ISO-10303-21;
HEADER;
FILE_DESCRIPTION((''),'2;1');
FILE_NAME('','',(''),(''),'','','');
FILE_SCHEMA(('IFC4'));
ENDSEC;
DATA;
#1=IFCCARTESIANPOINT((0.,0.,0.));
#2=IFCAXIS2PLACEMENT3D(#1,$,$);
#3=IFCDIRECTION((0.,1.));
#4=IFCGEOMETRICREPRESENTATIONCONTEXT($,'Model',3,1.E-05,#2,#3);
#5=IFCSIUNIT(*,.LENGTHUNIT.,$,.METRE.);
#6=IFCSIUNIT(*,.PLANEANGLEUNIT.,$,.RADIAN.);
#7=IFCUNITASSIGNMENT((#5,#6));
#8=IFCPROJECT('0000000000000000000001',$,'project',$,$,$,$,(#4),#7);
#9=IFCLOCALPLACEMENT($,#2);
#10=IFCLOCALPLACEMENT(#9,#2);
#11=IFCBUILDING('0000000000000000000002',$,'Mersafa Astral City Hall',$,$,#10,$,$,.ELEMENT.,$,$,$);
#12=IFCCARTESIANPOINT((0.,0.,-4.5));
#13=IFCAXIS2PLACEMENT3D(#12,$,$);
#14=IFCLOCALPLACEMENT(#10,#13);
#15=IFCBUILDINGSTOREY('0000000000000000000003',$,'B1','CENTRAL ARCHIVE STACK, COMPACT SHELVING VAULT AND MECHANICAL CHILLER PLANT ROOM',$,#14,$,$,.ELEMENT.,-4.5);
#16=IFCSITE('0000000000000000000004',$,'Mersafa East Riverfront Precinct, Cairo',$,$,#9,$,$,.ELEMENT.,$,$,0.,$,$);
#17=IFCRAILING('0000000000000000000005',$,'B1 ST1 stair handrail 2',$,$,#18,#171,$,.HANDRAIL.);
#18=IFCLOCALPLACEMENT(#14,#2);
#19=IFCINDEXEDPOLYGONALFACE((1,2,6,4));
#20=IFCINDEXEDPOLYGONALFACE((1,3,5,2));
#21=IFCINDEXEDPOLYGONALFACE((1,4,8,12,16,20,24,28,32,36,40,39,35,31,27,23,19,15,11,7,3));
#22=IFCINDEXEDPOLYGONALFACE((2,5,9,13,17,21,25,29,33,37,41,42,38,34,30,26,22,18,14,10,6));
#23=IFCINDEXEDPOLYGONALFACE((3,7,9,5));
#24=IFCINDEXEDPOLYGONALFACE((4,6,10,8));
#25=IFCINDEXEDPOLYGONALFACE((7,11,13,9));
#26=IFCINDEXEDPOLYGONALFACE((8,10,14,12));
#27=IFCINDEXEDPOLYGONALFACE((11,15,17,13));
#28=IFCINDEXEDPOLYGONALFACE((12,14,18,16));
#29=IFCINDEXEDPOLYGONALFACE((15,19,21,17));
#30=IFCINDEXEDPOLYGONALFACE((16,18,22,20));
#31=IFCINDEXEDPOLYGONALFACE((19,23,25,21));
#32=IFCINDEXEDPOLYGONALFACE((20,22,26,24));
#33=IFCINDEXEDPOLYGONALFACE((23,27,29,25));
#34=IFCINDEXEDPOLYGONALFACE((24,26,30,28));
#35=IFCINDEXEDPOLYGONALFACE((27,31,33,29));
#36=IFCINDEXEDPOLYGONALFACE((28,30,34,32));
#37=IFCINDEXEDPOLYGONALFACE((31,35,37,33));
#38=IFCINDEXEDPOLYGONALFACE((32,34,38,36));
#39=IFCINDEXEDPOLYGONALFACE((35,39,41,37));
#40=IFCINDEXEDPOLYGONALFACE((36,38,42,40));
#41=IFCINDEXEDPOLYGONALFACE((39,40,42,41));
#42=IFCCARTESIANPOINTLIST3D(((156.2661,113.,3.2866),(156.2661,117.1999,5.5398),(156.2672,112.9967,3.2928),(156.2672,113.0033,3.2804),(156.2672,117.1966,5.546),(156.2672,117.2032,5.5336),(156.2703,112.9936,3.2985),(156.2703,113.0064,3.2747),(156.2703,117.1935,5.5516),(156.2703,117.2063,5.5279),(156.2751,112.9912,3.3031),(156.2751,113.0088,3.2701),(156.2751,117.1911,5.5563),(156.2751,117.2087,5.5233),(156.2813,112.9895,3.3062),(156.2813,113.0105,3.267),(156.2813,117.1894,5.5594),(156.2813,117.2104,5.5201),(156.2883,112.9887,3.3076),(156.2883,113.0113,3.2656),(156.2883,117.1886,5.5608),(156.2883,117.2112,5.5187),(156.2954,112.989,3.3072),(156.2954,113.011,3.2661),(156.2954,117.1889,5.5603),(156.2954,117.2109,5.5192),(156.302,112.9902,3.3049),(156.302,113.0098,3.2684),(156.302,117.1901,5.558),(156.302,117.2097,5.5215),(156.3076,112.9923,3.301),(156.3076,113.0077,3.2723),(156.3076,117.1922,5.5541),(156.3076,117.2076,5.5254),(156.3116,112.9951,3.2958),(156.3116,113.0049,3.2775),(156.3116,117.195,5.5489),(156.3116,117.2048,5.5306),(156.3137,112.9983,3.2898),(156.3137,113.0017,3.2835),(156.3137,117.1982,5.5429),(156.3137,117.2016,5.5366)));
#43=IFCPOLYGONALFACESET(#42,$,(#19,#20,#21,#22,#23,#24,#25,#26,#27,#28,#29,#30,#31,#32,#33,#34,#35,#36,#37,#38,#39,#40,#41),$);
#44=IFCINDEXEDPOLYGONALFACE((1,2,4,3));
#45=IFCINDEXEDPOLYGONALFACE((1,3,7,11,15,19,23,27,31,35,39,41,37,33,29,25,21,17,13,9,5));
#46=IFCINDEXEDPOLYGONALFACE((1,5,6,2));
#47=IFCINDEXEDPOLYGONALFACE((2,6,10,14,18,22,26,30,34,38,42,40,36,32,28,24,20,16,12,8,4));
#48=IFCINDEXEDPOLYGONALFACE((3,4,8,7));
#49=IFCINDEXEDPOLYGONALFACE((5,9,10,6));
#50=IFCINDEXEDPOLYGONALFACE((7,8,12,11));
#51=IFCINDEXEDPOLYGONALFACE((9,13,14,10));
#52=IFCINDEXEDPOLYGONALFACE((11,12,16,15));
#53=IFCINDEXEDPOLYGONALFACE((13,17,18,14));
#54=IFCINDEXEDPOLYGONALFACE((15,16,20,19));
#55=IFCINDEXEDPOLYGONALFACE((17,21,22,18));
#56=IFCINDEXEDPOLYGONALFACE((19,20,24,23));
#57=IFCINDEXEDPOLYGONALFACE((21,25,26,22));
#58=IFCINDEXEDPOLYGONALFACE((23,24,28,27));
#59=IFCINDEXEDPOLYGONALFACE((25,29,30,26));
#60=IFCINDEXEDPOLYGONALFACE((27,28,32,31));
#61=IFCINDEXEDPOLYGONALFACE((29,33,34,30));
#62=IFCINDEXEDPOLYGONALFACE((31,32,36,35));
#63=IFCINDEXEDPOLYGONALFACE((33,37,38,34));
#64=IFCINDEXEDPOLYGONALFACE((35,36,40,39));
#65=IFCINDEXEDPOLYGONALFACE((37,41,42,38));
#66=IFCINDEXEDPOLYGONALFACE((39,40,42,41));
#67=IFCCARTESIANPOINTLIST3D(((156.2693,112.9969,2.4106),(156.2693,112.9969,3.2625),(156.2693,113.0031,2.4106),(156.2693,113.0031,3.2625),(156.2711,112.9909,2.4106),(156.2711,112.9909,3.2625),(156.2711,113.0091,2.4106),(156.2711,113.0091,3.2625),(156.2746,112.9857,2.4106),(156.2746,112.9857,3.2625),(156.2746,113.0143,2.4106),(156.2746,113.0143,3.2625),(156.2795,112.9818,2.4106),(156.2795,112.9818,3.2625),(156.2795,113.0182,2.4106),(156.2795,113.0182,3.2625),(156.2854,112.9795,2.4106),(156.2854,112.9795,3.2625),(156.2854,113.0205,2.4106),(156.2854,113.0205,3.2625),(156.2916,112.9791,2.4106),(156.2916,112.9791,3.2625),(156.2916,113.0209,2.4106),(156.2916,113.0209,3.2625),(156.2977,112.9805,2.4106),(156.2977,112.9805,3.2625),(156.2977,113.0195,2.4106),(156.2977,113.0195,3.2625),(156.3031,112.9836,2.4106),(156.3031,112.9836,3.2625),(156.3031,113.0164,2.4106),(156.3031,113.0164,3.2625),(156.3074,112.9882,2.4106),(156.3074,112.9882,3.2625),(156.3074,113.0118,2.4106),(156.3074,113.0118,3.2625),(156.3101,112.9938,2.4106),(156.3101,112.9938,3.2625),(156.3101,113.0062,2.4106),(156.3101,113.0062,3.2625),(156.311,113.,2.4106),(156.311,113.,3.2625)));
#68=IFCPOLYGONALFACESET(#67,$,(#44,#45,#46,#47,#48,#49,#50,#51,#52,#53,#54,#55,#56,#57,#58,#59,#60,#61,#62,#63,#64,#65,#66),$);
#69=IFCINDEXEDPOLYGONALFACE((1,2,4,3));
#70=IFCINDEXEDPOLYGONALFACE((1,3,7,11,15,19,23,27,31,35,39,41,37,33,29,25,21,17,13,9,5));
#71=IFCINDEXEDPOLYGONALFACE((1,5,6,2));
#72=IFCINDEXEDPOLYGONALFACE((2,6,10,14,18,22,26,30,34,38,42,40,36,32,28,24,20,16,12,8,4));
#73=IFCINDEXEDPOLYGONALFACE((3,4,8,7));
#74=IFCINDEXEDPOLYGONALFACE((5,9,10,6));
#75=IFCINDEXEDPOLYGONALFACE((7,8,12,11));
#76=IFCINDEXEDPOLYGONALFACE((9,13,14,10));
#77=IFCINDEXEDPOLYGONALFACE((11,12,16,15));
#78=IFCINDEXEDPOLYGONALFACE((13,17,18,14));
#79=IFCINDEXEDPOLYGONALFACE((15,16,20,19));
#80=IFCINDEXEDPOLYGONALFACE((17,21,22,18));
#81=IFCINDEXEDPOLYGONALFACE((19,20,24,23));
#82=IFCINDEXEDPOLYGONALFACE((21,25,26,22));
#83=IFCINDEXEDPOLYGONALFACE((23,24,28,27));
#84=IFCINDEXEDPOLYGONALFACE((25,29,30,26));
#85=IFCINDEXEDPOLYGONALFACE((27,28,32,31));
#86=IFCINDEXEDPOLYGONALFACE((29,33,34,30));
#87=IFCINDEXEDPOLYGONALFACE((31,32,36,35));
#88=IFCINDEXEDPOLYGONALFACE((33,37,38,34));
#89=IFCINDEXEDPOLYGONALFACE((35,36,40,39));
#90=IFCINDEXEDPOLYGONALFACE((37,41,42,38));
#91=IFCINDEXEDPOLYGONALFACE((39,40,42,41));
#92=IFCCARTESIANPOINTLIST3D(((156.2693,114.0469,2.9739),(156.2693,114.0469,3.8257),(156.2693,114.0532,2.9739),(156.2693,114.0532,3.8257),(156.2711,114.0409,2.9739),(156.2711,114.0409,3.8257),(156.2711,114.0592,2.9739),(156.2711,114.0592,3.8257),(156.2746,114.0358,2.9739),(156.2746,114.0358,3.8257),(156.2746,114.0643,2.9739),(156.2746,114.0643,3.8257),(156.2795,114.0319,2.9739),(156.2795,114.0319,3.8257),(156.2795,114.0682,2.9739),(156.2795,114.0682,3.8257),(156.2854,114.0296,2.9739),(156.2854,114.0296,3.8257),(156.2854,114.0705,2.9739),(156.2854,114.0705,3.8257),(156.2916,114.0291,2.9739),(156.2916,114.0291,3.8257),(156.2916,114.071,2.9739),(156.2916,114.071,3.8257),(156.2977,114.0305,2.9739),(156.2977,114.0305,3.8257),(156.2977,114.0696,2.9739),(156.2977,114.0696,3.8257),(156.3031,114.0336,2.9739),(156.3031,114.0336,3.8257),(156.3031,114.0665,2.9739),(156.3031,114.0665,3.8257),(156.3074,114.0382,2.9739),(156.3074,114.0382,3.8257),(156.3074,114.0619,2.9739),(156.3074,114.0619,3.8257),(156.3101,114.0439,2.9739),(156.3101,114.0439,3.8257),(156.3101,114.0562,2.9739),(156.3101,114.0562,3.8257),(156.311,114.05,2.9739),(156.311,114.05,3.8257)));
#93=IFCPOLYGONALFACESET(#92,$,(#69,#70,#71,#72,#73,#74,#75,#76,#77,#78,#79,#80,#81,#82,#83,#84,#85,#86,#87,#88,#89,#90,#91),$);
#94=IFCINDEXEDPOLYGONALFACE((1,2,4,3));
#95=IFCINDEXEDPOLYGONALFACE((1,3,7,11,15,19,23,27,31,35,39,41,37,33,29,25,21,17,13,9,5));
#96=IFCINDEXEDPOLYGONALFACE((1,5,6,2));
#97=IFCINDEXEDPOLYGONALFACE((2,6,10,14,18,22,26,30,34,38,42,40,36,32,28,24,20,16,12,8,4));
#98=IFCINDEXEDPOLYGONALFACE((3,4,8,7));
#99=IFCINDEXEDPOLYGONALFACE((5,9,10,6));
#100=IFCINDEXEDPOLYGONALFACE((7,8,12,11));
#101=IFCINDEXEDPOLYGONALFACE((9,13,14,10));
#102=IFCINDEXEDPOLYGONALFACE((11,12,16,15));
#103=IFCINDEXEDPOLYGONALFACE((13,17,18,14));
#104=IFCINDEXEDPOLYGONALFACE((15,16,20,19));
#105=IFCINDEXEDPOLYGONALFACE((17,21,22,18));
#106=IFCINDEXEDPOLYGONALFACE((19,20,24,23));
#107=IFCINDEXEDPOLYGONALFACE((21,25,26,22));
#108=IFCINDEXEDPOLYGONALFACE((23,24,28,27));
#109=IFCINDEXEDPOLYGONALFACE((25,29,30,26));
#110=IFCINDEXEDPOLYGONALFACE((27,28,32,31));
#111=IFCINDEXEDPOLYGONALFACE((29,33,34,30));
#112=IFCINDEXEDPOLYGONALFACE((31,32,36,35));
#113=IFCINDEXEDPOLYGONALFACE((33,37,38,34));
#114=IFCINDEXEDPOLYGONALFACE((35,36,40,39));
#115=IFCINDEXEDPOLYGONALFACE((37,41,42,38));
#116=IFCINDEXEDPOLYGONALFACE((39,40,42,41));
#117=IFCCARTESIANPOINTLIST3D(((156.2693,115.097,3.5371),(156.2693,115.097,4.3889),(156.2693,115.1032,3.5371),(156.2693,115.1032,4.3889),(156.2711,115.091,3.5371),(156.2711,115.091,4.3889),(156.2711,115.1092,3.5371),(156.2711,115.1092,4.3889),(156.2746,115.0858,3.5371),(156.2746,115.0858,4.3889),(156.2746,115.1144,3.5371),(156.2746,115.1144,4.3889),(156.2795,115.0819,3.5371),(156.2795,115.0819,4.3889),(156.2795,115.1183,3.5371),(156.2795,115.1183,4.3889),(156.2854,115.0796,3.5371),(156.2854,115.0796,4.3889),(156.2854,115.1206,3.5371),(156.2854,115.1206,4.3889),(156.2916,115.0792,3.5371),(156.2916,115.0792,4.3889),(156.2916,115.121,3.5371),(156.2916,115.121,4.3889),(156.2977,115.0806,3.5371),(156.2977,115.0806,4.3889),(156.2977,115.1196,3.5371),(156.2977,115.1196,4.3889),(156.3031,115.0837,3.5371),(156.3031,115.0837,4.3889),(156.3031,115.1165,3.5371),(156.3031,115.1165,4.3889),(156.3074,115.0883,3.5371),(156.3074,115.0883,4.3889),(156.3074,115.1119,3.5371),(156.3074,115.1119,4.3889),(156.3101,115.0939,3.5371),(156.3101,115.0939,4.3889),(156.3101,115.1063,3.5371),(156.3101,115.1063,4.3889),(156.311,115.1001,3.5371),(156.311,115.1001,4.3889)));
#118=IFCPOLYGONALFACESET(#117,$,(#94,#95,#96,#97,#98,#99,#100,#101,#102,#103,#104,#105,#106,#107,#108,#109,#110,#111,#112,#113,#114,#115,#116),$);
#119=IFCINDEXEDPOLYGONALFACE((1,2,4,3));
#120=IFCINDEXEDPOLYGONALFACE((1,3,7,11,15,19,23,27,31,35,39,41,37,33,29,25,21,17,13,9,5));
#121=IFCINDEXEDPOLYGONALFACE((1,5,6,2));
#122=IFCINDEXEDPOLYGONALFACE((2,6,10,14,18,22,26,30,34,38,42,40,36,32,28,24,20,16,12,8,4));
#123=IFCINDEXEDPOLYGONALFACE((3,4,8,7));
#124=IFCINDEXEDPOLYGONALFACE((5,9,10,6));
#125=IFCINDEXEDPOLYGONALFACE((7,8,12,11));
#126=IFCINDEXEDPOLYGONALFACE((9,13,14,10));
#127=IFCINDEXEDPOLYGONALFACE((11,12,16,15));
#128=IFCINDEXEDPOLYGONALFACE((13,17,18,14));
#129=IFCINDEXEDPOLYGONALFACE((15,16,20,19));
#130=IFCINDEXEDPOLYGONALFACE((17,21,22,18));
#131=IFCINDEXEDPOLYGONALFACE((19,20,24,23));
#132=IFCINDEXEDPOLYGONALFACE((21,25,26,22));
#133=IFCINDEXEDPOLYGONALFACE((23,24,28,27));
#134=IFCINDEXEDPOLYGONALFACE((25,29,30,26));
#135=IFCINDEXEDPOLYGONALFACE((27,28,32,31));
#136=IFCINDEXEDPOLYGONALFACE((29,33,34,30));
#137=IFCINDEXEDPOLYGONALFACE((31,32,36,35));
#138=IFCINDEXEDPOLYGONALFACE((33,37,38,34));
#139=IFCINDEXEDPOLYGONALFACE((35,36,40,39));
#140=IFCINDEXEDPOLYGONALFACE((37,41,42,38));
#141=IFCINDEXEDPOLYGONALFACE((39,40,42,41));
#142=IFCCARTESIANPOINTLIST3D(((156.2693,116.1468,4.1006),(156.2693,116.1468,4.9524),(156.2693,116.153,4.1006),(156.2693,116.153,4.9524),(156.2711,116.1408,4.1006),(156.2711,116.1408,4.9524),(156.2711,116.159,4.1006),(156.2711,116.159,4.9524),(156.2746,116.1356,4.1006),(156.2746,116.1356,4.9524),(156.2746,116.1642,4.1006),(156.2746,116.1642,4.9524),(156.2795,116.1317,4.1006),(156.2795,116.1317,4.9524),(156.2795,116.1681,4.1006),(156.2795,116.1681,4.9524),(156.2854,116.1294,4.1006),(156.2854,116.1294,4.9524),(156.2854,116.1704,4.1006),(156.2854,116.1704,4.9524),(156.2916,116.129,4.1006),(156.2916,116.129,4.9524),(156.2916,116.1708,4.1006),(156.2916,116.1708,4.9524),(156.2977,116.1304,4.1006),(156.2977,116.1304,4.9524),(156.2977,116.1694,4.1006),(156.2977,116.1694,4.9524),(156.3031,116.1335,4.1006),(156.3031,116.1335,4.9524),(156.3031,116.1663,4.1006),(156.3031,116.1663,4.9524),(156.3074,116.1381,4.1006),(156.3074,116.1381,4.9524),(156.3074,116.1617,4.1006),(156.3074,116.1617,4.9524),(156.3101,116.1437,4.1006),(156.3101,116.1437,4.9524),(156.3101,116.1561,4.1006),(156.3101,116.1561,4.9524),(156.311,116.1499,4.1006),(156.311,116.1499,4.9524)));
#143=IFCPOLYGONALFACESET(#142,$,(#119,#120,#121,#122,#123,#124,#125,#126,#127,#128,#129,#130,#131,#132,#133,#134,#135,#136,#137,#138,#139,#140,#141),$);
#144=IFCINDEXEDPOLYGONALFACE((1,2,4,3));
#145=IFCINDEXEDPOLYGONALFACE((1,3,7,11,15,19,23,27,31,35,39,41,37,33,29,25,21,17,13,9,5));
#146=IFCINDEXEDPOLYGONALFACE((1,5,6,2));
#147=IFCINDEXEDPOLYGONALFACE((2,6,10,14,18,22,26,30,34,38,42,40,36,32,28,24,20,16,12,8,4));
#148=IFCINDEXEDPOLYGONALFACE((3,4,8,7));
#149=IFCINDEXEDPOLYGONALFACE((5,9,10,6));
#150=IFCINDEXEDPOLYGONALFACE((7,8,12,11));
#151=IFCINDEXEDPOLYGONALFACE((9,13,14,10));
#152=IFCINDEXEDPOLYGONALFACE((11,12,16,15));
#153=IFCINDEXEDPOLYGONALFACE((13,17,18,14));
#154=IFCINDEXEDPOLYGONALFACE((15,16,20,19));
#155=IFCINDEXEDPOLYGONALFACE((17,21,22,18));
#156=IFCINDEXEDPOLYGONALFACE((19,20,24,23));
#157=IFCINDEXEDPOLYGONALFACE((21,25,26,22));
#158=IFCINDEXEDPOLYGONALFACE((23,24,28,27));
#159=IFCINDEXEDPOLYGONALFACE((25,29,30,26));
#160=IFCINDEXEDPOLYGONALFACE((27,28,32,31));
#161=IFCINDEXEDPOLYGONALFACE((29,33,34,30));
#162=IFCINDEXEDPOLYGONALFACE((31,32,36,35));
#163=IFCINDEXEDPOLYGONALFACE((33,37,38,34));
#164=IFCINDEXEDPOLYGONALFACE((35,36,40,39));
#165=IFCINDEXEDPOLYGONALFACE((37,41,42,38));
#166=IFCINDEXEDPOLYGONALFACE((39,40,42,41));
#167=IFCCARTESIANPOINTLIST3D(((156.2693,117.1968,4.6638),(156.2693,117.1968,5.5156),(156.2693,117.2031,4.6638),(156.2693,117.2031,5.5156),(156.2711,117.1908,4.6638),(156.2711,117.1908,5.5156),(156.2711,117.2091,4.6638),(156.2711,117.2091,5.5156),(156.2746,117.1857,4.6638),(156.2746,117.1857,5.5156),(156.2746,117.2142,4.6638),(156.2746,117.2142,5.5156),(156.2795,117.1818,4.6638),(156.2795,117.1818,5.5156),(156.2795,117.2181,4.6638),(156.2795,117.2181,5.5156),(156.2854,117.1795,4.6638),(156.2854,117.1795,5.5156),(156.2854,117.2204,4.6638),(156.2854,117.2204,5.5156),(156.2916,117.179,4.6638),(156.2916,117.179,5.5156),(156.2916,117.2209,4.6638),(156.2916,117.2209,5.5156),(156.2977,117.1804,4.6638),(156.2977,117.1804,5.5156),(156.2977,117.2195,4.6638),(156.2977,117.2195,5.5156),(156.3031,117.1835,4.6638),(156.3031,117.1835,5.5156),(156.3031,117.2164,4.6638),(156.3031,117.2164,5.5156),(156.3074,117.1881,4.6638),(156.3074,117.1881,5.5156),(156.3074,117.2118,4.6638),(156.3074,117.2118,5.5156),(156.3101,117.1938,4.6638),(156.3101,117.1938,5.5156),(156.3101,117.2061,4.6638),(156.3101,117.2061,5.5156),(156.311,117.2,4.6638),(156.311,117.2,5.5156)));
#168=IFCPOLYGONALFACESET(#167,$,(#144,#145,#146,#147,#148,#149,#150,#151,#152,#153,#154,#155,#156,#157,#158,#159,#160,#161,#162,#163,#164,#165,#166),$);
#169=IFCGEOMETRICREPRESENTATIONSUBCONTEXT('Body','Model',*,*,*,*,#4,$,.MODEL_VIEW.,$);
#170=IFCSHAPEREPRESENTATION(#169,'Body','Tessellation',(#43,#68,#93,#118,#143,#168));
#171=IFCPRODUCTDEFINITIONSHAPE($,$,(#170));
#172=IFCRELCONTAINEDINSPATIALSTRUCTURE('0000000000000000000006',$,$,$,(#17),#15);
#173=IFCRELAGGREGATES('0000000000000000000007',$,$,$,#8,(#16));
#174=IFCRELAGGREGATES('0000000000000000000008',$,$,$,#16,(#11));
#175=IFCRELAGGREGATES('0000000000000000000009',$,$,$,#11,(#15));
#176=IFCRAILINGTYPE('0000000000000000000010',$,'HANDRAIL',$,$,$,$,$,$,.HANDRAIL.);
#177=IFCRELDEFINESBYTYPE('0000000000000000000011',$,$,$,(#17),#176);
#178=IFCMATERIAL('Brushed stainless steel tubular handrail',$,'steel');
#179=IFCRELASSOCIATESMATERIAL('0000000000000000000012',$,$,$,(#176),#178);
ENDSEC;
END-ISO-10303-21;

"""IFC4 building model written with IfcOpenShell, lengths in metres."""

from ifc_helpers import new_model, si_unit, direction, frame, origin, origin_2d, place, context, subcontext, project, spatial, circle, extrude, material, type_object, element, save


model = new_model("IFC4")

# Units and contexts
model_context = context("Model", 3, precision=1e-05, world=origin(), true_north=direction((0.0, 1.0)))
body_context = subcontext(model_context, "Body", "Model", "MODEL_VIEW")
ifc_project = project(units=[si_unit("LENGTHUNIT", "METRE"), si_unit("PLANEANGLEUNIT", "RADIAN")], contexts=[model_context])

# Site, building, storey
site_placement = place(None, origin())
site = spatial("IfcSite", under=ifc_project, at=site_placement, Name="Mersafa East Riverfront Precinct, Cairo", CompositionType="ELEMENT", RefElevation=0.0)
building_placement = place(site_placement, origin())
building = spatial("IfcBuilding", under=site, at=building_placement, Name="Mersafa Astral City Hall", CompositionType="ELEMENT")
storey_placement = place(building_placement, frame((0.0, 0.0, -4.5)))
storey = spatial("IfcBuildingStorey", under=building, at=storey_placement, Name="B1", Description="CENTRAL ARCHIVE STACK, COMPACT SHELVING VAULT AND MECHANICAL CHILLER PLANT ROOM", CompositionType="ELEMENT", Elevation=-4.5)

# Railing
ifc_material_1 = material(Name="Brushed stainless steel tubular handrail", Category="steel")
railing_type_1 = type_object("IfcRailingType", Name="HANDRAIL", PredefinedType="HANDRAIL", material=ifc_material_1)
railing_1_placement = place(storey_placement, frame((156.29, 113.0, 2.4106)))
element("IfcRailing", 1, at=railing_1_placement, inside=storey, type_object=railing_type_1, Name="B1 ST1 stair handrail 2", PredefinedType="HANDRAIL", context=body_context, shape_type="SweptSolid", body=[
    extrude(circle(Radius=0.0239, at=origin_2d()), frame((0.0, 0.0, 0.876), z_axis=(0.0, 0.8812, 0.472743), x_axis=(-1.0, 0.0, 0.0)), (0.0, 0.0, 1.0), 4.7661),
    extrude(circle(Radius=0.021, at=origin_2d()), origin(), (0.0, 0.0, 1.0), 0.8518),
    extrude(circle(Radius=0.021, at=origin_2d()), frame((0.0, 1.05, 0.5632)), (0.0, 0.0, 1.0), 0.8518),
    extrude(circle(Radius=0.021, at=origin_2d()), frame((0.0, 2.1001, 1.1265)), (0.0, 0.0, 1.0), 0.8518),
    extrude(circle(Radius=0.021, at=origin_2d()), frame((0.0, 3.1499, 1.6899)), (0.0, 0.0, 1.0), 0.8518),
    extrude(circle(Radius=0.021, at=origin_2d()), frame((0.0, 4.2, 2.2532)), (0.0, 0.0, 1.0), 0.8518),
])

save(model, "model.ifc")
